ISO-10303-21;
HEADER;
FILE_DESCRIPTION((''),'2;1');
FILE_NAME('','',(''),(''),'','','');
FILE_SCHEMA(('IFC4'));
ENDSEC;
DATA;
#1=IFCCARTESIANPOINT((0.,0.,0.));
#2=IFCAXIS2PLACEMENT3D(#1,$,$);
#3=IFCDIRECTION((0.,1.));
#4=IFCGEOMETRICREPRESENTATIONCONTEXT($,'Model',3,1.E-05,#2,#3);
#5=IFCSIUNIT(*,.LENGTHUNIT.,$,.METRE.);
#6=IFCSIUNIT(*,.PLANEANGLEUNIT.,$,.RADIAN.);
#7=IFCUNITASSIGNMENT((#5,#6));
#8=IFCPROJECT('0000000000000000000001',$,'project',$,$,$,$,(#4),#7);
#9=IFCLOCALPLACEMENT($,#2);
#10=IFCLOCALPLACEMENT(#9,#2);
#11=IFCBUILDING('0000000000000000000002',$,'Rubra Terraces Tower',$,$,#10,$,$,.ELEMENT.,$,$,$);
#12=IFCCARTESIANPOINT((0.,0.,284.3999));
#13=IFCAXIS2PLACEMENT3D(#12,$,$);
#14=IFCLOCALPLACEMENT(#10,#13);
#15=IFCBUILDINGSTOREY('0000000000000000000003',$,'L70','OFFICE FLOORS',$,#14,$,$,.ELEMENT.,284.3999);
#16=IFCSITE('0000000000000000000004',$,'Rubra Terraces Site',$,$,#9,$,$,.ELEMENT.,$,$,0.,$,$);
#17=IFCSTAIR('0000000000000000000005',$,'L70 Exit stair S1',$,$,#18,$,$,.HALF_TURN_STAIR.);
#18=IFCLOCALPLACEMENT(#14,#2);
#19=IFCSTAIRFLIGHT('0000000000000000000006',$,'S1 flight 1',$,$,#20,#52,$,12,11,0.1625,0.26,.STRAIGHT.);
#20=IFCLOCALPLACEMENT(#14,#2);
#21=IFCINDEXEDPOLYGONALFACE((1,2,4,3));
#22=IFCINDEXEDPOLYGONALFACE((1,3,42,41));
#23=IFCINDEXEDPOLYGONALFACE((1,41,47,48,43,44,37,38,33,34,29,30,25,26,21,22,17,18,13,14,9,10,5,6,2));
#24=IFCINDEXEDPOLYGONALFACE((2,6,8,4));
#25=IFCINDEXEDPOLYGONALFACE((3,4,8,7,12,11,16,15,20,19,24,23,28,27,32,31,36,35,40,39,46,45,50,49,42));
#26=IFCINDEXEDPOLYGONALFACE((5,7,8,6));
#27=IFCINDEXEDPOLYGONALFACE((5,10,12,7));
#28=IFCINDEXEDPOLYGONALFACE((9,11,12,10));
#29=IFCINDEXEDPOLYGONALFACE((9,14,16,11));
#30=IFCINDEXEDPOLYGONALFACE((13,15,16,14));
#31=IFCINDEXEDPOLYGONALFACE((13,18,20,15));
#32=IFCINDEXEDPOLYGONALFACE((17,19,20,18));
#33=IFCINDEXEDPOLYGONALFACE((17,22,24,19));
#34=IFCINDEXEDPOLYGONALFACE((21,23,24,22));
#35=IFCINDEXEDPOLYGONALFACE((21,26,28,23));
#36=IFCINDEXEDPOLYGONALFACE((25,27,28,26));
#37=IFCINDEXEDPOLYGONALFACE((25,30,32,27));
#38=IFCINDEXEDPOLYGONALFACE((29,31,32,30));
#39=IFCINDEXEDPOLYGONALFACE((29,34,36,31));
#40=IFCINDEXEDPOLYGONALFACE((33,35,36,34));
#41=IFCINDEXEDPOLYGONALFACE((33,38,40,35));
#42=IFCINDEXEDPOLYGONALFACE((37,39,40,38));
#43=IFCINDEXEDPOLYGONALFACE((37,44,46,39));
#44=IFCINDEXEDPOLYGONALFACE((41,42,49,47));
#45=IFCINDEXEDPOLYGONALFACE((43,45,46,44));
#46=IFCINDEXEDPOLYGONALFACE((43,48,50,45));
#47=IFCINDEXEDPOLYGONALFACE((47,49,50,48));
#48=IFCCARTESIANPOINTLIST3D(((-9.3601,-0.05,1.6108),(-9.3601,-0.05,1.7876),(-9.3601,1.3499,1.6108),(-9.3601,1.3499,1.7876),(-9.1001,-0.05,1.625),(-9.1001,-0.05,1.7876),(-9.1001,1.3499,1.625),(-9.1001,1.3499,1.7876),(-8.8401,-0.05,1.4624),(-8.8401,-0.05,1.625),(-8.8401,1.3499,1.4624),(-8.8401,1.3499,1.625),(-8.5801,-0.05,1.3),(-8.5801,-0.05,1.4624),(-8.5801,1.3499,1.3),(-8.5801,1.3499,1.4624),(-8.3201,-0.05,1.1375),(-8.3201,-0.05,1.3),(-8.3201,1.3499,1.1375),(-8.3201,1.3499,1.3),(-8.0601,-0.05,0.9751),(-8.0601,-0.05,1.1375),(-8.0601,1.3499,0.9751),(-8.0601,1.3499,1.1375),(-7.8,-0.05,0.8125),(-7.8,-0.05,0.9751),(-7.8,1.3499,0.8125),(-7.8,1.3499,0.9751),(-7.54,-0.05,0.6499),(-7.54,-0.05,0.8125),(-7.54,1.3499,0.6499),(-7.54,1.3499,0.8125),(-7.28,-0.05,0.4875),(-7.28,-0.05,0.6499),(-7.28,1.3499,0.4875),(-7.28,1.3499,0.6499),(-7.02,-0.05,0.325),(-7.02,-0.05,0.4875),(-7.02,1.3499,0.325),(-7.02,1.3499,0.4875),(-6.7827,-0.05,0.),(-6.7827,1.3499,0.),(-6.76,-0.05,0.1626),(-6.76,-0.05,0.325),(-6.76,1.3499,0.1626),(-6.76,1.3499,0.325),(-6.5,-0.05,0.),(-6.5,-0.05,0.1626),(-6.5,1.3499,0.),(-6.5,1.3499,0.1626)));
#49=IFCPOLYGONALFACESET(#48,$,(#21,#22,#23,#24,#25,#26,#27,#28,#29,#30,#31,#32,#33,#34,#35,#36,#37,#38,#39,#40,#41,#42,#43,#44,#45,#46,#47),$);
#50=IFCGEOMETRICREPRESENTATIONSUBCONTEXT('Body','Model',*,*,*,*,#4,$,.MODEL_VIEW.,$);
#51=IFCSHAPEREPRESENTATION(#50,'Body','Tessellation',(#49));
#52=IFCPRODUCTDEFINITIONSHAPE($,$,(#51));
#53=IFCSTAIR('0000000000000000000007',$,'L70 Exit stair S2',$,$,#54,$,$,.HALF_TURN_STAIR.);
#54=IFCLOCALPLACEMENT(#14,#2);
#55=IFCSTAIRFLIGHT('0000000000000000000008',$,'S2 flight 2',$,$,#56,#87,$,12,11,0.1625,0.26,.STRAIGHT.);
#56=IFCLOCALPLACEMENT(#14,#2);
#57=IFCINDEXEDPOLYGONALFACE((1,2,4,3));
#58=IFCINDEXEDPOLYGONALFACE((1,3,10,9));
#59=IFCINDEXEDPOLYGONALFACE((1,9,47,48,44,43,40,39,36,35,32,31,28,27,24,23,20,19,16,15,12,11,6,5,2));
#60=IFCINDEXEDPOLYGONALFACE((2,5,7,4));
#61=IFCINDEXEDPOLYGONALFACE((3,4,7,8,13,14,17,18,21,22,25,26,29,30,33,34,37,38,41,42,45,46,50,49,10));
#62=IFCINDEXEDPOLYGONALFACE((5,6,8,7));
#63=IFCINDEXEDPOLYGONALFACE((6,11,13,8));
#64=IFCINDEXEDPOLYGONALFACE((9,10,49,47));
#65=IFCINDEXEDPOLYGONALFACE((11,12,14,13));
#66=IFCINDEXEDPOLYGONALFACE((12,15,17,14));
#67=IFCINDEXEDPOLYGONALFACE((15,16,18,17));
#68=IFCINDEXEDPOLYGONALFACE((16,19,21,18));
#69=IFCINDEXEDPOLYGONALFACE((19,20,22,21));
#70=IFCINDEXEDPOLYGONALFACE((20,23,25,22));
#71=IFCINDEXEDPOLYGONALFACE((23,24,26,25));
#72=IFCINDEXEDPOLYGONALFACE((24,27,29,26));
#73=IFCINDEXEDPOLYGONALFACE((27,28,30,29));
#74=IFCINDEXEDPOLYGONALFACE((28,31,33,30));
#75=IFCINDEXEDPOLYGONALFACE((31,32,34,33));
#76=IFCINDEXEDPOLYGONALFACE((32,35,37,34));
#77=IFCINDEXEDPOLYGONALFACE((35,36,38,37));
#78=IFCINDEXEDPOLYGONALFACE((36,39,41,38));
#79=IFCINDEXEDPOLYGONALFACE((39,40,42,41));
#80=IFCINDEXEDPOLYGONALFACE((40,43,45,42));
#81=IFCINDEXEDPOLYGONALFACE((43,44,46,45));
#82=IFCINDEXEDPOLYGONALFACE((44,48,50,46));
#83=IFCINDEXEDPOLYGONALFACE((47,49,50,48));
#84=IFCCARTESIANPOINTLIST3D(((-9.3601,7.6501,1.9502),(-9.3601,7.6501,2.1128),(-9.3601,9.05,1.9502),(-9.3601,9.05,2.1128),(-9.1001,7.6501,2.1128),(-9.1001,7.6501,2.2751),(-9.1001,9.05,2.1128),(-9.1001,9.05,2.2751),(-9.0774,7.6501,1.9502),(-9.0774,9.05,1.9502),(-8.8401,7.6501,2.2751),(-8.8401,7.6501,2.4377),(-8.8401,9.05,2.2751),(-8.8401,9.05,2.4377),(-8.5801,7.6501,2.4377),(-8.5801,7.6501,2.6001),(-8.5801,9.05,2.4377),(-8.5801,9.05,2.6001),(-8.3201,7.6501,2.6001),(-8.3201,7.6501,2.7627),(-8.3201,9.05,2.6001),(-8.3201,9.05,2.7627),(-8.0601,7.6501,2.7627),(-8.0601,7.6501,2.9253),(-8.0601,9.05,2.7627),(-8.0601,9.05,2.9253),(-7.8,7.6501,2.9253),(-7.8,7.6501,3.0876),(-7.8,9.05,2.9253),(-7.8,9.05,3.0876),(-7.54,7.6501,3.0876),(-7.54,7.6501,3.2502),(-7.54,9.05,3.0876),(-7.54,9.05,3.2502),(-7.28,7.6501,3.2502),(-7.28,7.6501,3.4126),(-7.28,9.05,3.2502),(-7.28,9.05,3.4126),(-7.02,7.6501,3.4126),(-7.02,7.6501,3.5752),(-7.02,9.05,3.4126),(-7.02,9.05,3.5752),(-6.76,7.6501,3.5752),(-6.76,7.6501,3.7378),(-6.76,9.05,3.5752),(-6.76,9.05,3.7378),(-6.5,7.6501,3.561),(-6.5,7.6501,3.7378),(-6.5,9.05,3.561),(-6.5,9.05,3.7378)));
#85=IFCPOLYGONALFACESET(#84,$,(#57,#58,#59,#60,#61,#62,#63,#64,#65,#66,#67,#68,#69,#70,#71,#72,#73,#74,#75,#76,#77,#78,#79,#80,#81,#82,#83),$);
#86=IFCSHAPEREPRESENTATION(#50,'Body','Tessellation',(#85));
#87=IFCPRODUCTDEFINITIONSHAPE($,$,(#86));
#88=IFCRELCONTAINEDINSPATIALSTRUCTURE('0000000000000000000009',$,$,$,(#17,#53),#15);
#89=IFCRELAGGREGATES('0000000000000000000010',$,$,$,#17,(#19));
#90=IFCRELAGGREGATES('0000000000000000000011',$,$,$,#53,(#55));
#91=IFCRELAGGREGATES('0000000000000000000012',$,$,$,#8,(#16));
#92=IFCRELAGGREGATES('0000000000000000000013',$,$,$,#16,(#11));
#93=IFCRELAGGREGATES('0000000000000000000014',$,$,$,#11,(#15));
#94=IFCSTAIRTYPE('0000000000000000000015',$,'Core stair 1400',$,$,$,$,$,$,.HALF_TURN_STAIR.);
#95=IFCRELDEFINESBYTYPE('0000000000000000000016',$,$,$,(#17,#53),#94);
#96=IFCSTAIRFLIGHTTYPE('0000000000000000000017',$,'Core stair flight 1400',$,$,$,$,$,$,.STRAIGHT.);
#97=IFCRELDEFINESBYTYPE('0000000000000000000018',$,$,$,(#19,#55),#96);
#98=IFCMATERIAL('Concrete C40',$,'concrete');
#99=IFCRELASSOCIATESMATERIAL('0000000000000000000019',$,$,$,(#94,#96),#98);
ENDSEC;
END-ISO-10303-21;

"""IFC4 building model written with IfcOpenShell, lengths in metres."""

from ifc_helpers import new_model, si_unit, direction, frame, origin, place, context, subcontext, project, spatial, polyline, outline, extrude, material, type_object, element, aggregate, save


model = new_model("IFC4")

# Units and contexts
model_context = context("Model", 3, precision=1e-05, world=origin(), true_north=direction((0.0, 1.0)))
body_context = subcontext(model_context, "Body", "Model", "MODEL_VIEW")
ifc_project = project(units=[si_unit("LENGTHUNIT", "METRE"), si_unit("PLANEANGLEUNIT", "RADIAN")], contexts=[model_context])

# Site, building, storey
site_placement = place(None, origin())
site = spatial("IfcSite", under=ifc_project, at=site_placement, Name="Rubra Terraces Site", CompositionType="ELEMENT", RefElevation=0.0)
building_placement = place(site_placement, origin())
building = spatial("IfcBuilding", under=site, at=building_placement, Name="Rubra Terraces Tower", CompositionType="ELEMENT")
storey_placement = place(building_placement, frame((0.0, 0.0, 284.3999)))
storey = spatial("IfcBuildingStorey", under=building, at=storey_placement, Name="L70", Description="OFFICE FLOORS", CompositionType="ELEMENT", Elevation=284.3999)

# Shared definitions
ifc_material_1 = material(Name="Concrete C40", Category="concrete")
stair_type = type_object("IfcStairType", Name="Core stair 1400", PredefinedType="HALF_TURN_STAIR", material=ifc_material_1)

# Stairs, stair flights
stair_1_placement = place(storey_placement, origin())
stair_1 = element("IfcStair", 1, at=stair_1_placement, inside=storey, type_object=stair_type, Name="L70 Exit stair S1", PredefinedType="HALF_TURN_STAIR")
stair_flight_type = type_object("IfcStairFlightType", Name="Core stair flight 1400", PredefinedType="STRAIGHT", material=ifc_material_1)
stair_flight_1_placement = place(storey_placement, frame((-6.5, 0.6499, 0.0), z_axis=(0.0, 0.0, 1.0), x_axis=(-1.0, 0.0, 0.0)))
stair_flight_1 = element("IfcStairFlight", 2, at=stair_flight_1_placement, type_object=stair_flight_type, Name="S1 flight 1", NumberOfRisers=12, NumberOfTreads=11, PredefinedType="STRAIGHT", RiserHeight=0.1625, TreadLength=0.26, context=body_context, shape_type="SweptSolid", body=[
    extrude(outline(polyline([(0.0, 0.0), (0.0, 0.1626), (0.26, 0.1626), (0.26, 0.325), (0.52, 0.325), (0.52, 0.4875), (0.78, 0.4875), (0.78, 0.6499), (1.04, 0.6499), (1.04, 0.8125), (1.3, 0.8125), (1.3, 0.9751), (1.5601, 0.9751), (1.5601, 1.1375), (1.8201, 1.1375), (1.8201, 1.3), (2.0801, 1.3), (2.0801, 1.4624), (2.3401, 1.4624), (2.3401, 1.625), (2.6001, 1.625), (2.6001, 1.7876), (2.8601, 1.7876), (2.8601, 1.95), (2.8601, 1.6108), (0.2827, 0.0), (0.0, 0.0)])), frame((0.0, 0.7, 0.0), z_axis=(0.0, -1.0, 0.0), x_axis=(1.0, 0.0, 0.0)), (0.0, 0.0, 1.0), 1.3999),
])
aggregate(stair_1, [stair_flight_1])
stair_2_placement = place(storey_placement, origin())
stair_2 = element("IfcStair", 3, at=stair_2_placement, inside=storey, type_object=stair_type, Name="L70 Exit stair S2", PredefinedType="HALF_TURN_STAIR")
stair_flight_2_placement = place(storey_placement, frame((-9.3601, 8.3501, 1.9502), z_axis=(0.0, 0.0, 1.0), x_axis=(1.0, 0.0, 0.0)))
stair_flight_2 = element("IfcStairFlight", 4, at=stair_flight_2_placement, type_object=stair_flight_type, Name="S2 flight 2", NumberOfRisers=12, NumberOfTreads=11, PredefinedType="STRAIGHT", RiserHeight=0.1625, TreadLength=0.26, context=body_context, shape_type="SweptSolid", body=[
    extrude(outline(polyline([(0.0, 0.0), (0.0, 0.1626), (0.26, 0.1626), (0.26, 0.325), (0.52, 0.325), (0.52, 0.4875), (0.78, 0.4875), (0.78, 0.6499), (1.04, 0.6499), (1.04, 0.8125), (1.3, 0.8125), (1.3, 0.9751), (1.5601, 0.9751), (1.5601, 1.1375), (1.8201, 1.1375), (1.8201, 1.3), (2.0801, 1.3), (2.0801, 1.4624), (2.3401, 1.4624), (2.3401, 1.625), (2.6001, 1.625), (2.6001, 1.7876), (2.8601, 1.7876), (2.8601, 1.95), (2.8601, 1.6108), (0.2827, 0.0), (0.0, 0.0)])), frame((0.0, 0.7, 0.0), z_axis=(0.0, -1.0, 0.0), x_axis=(1.0, 0.0, 0.0)), (0.0, 0.0, 1.0), 1.3999),
])
aggregate(stair_2, [stair_flight_2])

save(model, "model.ifc")
